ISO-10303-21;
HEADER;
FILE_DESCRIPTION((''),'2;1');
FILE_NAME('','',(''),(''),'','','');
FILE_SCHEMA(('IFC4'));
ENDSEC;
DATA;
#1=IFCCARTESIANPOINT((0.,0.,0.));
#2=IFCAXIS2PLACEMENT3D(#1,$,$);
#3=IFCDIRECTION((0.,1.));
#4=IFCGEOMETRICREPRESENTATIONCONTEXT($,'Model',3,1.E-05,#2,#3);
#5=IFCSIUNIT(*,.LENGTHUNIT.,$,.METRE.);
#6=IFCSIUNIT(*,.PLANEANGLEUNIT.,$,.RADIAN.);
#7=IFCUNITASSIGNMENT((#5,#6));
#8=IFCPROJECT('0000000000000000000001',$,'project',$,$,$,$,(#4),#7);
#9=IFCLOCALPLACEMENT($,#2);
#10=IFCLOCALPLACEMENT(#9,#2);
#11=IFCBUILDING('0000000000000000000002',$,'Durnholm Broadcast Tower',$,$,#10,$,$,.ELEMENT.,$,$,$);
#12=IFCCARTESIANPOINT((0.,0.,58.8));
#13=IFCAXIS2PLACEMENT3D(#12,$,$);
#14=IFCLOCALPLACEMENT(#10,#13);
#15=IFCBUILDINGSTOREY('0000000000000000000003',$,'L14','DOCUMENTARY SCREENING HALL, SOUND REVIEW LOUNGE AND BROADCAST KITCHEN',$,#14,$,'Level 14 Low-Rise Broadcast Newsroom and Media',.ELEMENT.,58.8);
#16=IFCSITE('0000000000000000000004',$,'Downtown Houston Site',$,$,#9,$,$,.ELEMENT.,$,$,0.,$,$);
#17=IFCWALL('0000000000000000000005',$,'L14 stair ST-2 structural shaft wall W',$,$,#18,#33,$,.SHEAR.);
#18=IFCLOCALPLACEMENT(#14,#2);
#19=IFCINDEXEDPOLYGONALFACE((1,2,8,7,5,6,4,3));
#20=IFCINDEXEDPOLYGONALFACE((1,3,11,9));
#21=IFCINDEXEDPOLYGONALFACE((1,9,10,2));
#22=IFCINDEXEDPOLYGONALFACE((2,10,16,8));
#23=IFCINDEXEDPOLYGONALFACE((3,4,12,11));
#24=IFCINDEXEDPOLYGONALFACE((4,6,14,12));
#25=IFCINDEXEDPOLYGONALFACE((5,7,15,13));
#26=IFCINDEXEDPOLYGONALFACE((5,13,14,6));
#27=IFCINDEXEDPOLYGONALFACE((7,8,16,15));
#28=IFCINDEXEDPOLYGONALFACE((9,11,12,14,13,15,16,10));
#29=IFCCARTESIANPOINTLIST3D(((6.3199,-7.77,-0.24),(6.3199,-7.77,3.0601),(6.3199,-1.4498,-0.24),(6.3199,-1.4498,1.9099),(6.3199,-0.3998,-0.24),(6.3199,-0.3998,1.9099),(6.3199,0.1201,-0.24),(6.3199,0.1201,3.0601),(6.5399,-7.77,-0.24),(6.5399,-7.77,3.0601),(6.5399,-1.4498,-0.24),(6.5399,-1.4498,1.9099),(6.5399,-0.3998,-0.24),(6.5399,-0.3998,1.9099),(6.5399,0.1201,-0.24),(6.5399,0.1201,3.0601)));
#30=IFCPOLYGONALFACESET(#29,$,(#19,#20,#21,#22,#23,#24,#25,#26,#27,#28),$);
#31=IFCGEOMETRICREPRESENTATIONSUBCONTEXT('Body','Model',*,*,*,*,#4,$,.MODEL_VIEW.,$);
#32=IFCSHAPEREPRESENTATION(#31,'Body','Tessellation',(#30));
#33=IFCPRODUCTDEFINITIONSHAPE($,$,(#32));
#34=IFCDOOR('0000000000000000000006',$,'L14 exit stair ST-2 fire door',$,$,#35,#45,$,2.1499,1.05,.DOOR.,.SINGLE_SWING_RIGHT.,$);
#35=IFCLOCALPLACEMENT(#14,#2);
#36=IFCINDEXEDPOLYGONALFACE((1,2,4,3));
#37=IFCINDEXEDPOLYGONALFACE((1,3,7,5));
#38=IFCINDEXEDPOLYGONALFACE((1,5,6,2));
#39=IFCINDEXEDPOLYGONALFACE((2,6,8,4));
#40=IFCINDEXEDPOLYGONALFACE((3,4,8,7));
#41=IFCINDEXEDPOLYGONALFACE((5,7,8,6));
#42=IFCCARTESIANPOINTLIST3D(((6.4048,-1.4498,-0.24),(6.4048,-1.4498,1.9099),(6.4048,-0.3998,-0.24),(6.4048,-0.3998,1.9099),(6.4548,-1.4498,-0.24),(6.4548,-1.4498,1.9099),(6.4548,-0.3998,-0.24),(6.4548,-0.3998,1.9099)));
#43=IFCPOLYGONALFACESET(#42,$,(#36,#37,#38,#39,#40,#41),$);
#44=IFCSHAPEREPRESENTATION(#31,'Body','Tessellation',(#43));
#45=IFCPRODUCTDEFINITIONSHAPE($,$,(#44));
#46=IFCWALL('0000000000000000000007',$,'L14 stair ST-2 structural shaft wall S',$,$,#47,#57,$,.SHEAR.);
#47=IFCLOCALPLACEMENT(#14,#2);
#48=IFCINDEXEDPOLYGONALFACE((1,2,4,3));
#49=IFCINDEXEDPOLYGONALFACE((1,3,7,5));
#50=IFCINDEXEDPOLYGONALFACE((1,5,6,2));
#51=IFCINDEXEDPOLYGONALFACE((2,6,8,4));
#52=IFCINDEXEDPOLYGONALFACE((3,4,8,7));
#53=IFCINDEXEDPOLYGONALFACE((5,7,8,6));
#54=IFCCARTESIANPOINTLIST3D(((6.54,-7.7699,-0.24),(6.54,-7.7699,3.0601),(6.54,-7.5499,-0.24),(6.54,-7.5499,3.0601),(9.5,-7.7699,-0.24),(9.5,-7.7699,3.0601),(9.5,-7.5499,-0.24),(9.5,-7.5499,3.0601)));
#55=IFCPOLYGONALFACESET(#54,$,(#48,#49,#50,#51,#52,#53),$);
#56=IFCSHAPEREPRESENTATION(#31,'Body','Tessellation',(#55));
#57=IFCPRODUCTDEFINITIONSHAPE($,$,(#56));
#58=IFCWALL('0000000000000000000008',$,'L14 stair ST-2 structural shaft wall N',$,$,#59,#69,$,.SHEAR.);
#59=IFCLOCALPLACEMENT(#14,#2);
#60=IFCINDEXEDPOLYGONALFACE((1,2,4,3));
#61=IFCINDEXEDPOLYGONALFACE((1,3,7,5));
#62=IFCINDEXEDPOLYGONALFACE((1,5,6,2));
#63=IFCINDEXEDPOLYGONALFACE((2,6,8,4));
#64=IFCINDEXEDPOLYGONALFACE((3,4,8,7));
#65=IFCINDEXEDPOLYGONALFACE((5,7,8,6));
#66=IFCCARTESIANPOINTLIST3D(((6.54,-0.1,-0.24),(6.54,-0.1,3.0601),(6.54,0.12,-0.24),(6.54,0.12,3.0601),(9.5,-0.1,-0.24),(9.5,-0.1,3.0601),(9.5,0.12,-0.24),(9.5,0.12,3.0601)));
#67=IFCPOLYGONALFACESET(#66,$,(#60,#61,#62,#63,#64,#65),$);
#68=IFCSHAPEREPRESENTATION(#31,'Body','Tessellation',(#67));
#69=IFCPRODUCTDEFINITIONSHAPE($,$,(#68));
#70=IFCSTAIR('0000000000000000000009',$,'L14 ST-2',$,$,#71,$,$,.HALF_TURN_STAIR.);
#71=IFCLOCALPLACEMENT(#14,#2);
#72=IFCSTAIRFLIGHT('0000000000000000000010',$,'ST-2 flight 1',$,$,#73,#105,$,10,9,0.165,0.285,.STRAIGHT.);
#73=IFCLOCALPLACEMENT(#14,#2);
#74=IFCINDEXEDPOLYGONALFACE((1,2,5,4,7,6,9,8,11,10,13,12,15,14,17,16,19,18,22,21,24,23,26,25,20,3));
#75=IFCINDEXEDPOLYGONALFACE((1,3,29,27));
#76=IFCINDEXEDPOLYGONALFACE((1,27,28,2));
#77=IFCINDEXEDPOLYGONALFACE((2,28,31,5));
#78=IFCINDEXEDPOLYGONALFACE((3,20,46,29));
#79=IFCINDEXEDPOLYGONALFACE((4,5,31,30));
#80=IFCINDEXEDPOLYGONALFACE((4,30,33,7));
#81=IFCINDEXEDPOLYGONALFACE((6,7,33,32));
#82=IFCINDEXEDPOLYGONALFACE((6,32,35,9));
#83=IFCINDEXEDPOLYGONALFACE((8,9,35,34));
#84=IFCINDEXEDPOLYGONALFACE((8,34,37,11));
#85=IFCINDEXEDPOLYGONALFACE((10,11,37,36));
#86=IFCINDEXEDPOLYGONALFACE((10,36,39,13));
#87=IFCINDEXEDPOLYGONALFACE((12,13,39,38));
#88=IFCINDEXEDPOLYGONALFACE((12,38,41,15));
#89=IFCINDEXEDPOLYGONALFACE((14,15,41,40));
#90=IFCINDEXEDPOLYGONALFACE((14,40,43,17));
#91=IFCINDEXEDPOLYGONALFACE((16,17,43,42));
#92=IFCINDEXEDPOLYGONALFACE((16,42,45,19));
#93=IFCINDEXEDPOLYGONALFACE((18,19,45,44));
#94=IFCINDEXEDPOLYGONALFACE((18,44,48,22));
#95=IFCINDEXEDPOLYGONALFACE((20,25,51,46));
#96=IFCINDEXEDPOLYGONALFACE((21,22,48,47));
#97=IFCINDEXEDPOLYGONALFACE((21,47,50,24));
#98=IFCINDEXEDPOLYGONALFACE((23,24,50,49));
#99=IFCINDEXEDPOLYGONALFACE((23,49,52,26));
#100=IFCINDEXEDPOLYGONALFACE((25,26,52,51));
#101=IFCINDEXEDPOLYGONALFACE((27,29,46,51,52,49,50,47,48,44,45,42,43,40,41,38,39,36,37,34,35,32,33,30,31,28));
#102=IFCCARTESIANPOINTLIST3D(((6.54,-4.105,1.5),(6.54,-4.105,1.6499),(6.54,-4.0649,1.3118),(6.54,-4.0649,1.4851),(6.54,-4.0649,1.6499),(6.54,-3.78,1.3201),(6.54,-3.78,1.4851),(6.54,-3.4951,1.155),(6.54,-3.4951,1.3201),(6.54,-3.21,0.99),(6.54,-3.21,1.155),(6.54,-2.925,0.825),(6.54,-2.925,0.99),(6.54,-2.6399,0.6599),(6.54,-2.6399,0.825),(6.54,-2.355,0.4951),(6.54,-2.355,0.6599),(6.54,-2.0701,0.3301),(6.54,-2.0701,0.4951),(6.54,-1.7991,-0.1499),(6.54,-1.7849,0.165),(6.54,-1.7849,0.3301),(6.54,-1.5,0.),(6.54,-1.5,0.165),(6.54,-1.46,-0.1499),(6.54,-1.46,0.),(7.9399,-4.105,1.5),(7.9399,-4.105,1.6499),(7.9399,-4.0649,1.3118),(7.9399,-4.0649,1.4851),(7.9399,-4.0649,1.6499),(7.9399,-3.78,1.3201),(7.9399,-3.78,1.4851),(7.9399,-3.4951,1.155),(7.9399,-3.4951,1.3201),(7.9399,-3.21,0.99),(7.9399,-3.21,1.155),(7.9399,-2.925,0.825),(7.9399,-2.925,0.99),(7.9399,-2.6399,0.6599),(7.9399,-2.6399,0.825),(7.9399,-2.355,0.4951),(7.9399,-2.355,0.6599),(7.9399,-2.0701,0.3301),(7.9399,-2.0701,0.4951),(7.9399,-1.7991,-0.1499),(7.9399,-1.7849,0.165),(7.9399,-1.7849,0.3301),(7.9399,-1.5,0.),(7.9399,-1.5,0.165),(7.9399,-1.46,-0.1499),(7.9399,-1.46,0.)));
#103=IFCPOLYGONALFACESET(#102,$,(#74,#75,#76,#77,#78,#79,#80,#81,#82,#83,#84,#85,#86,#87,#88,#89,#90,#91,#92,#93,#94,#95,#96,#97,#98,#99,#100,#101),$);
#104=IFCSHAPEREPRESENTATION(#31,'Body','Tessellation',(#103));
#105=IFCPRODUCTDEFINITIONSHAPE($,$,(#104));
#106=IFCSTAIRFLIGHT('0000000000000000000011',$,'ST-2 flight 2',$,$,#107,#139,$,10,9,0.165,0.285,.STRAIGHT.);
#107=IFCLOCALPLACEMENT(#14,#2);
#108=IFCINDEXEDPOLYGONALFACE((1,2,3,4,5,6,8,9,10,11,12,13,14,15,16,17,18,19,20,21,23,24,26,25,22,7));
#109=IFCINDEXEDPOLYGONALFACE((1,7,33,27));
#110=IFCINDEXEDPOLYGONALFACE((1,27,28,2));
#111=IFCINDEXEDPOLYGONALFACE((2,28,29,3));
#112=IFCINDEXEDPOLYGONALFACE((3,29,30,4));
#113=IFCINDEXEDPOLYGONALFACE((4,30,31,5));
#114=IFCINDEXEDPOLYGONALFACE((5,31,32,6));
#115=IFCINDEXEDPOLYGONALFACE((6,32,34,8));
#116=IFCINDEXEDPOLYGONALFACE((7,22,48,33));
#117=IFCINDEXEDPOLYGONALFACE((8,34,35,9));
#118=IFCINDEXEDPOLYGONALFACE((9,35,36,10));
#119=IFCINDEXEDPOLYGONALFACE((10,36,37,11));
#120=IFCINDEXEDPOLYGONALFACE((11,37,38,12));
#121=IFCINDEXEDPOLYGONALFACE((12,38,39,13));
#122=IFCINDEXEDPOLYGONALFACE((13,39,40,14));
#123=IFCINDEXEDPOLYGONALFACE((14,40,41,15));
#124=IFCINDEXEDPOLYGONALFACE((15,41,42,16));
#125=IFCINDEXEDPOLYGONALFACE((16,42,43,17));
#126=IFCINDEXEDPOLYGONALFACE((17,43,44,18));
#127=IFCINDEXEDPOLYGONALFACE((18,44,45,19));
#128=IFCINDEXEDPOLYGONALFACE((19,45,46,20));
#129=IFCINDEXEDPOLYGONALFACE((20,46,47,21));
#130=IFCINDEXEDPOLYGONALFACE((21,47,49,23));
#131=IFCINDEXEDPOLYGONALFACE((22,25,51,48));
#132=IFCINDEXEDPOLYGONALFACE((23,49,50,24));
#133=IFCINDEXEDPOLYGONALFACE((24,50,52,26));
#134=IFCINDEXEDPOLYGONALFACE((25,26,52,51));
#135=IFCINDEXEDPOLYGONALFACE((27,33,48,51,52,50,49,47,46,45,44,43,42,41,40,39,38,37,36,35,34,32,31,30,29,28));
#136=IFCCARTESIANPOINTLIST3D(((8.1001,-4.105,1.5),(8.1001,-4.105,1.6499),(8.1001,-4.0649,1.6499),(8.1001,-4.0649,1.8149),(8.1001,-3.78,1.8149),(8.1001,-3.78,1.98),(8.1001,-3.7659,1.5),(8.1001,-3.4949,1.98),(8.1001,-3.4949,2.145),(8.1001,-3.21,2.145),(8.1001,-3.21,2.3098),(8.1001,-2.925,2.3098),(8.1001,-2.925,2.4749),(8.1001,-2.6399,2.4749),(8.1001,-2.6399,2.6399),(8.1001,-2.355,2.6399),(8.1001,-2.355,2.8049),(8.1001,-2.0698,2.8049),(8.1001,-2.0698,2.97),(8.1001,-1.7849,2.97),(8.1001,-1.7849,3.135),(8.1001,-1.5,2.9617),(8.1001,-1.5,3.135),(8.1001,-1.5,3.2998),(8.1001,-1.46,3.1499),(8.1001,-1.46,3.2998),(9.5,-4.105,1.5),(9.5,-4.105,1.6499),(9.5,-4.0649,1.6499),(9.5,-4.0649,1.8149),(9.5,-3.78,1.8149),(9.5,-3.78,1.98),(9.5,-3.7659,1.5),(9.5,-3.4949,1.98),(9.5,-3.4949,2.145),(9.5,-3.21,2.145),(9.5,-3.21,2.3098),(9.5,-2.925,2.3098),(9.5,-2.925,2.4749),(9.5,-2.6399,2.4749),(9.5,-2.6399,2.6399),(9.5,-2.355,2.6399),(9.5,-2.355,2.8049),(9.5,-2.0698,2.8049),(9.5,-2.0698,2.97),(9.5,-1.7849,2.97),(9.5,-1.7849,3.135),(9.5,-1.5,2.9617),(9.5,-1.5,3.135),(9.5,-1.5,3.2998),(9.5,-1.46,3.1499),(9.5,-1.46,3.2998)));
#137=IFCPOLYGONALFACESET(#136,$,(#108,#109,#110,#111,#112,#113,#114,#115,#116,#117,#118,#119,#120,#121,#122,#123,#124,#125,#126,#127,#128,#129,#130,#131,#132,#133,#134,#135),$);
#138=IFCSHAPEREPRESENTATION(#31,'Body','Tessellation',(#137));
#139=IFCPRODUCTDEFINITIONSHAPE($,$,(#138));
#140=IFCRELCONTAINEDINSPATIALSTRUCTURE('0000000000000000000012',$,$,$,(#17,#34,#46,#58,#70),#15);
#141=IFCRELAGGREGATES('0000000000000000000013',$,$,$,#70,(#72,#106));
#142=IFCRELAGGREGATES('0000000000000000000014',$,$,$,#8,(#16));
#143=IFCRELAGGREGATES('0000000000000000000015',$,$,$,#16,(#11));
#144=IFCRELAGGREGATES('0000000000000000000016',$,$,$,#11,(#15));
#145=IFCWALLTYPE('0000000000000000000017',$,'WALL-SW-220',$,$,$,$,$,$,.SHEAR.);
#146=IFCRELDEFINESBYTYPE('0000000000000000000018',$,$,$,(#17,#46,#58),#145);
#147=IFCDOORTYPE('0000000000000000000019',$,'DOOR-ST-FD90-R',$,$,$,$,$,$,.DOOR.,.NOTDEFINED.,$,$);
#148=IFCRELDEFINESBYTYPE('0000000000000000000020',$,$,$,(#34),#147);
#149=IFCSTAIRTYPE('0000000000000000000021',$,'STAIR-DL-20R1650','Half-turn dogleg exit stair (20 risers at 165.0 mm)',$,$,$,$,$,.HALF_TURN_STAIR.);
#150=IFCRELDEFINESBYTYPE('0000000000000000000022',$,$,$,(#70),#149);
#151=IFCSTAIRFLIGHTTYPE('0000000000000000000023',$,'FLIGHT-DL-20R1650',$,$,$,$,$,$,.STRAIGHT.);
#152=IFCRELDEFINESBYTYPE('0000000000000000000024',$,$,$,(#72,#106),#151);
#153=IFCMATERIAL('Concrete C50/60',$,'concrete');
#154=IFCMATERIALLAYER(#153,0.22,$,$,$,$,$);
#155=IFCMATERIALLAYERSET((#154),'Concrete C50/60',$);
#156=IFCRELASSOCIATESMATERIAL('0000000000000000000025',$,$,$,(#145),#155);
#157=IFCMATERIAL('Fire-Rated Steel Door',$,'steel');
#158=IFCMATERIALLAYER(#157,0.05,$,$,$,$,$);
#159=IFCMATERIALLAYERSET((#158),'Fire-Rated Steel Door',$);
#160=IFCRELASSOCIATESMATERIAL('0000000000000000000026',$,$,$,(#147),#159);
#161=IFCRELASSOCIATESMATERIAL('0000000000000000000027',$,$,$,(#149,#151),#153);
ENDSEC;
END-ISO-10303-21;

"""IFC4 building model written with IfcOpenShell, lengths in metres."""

from ifc_helpers import new_model, si_unit, direction, frame, frame_2d, origin, place, context, subcontext, project, spatial, polyline, rectangle, outline, extrude, source, transform, mapped, material, layer, layer_set, type_object, type_shapes, element, fill, aggregate, save


model = new_model("IFC4")

# Units and contexts
model_context = context("Model", 3, precision=1e-05, world=origin(), true_north=direction((0.0, 1.0)))
body_context = subcontext(model_context, "Body", "Model", "MODEL_VIEW")
ifc_project = project(units=[si_unit("LENGTHUNIT", "METRE"), si_unit("PLANEANGLEUNIT", "RADIAN")], contexts=[model_context])

# Site, building, storey
site_placement = place(None, origin())
site = spatial("IfcSite", under=ifc_project, at=site_placement, Name="Downtown Houston Site", CompositionType="ELEMENT", RefElevation=0.0)
building_placement = place(site_placement, origin())
building = spatial("IfcBuilding", under=site, at=building_placement, Name="Durnholm Broadcast Tower", CompositionType="ELEMENT")
storey_placement = place(building_placement, frame((0.0, 0.0, 58.8)))
storey = spatial("IfcBuildingStorey", under=building, at=storey_placement, Name="L14", Description="DOCUMENTARY SCREENING HALL, SOUND REVIEW LOUNGE AND BROADCAST KITCHEN", LongName="Level 14 Low-Rise Broadcast Newsroom and Media", CompositionType="ELEMENT", Elevation=58.8)

# Shared definitions
ifc_material_1 = material(Name="Concrete C50/60", Category="concrete")
ifc_layer_1 = layer(ifc_material_1, 0.22)
ifc_layer_set_1 = layer_set([ifc_layer_1], Name="Concrete C50/60")
wall_type_1 = type_object("IfcWallType", Name="WALL-SW-220", PredefinedType="SHEAR", material=ifc_layer_set_1)

# Wall, opening, door
wall_1_placement = place(storey_placement, frame((6.4299, 0.1201, -0.24), z_axis=(0.0, 0.0, 1.0), x_axis=(0.0, -1.0, 0.0)))
wall_1 = element("IfcWall", 1, at=wall_1_placement, inside=storey, type_object=wall_type_1, Name="L14 stair ST-2 structural shaft wall W", PredefinedType="SHEAR", context=body_context, shape_type="SweptSolid", body=[
    extrude(rectangle(XDim=7.8901, YDim=0.22, at=frame_2d((3.9451, 0.0))), origin(), (0.0, 0.0, 1.0), 3.3),
])
opening_1_placement = place(wall_1_placement, frame((0.52, 0.0, 0.0)))
opening_1 = element("IfcOpeningElement", 2, at=opening_1_placement, cuts=wall_1, PredefinedType="OPENING", context=body_context, shape_type="SweptSolid", body=[
    extrude(rectangle(XDim=1.05, YDim=2.1499, at=frame_2d((0.5249, 1.075))), frame((0.0, 0.1201, 0.0), z_axis=(0.0, -1.0, 0.0), x_axis=(1.0, 0.0, 0.0)), (0.0, 0.0, 1.0), 0.24),
])
ifc_material_2 = material(Name="Fire-Rated Steel Door", Category="steel")
ifc_layer_2 = layer(ifc_material_2, 0.05)
ifc_layer_set_2 = layer_set([ifc_layer_2], Name="Fire-Rated Steel Door")
door_type_1 = type_object("IfcDoorType", Name="DOOR-ST-FD90-R", OperationType="NOTDEFINED", PredefinedType="DOOR", material=ifc_layer_set_2)
shared_shape_1 = source(origin(), body_context, "Body", "SweptSolid", [
    extrude(rectangle(XDim=1.05, YDim=2.1499, at=frame_2d((0.5249, 1.075))), frame((0.0, 0.0249, 0.0), z_axis=(0.0, -1.0, 0.0), x_axis=(1.0, 0.0, 0.0)), (0.0, 0.0, 1.0), 0.05),
])
type_shapes(door_type_1, [shared_shape_1])
door_1_placement = place(opening_1_placement, origin())
door_1 = element("IfcDoor", 3, at=door_1_placement, inside=storey, type_object=door_type_1, Name="L14 exit stair ST-2 fire door", OperationType="SINGLE_SWING_RIGHT", OverallHeight=2.1499, OverallWidth=1.05, PredefinedType="DOOR", context=body_context, shape_type="MappedRepresentation", body=[
    mapped(shared_shape_1, transform((0.0, 0.0, 0.0), x_axis=(1.0, 0.0, 0.0), y_axis=(0.0, 1.0, 0.0), z_axis=(0.0, 0.0, 1.0), scale=1.0)),
])
fill(opening_1, door_1)

# Walls
for number, where, z_axis, x_axis, name in (
    (4, (6.54, -7.6599, -0.24), (0.0, 0.0, 1.0), (1.0, 0.0, 0.0), "L14 stair ST-2 structural shaft wall S"),
    (5, (9.5, 0.01, -0.24), (0.0, 0.0, 1.0), (-1.0, 0.0, 0.0), "L14 stair ST-2 structural shaft wall N"),
):
    element("IfcWall", number, at=place(storey_placement, frame(where, z_axis=z_axis, x_axis=x_axis)), inside=storey, type_object=wall_type_1, Name=name, PredefinedType="SHEAR", context=body_context, shape_type="SweptSolid", body=[
        extrude(rectangle(XDim=2.96, YDim=0.22, at=frame_2d((1.48, 0.0))), origin(), (0.0, 0.0, 1.0), 3.3),
    ])

# Stair, stair flights
stair_type = type_object("IfcStairType", Name="STAIR-DL-20R1650", Description="Half-turn dogleg exit stair (20 risers at 165.0 mm)", PredefinedType="HALF_TURN_STAIR", material=ifc_material_1)
stair_placement = place(storey_placement, origin())
stair = element("IfcStair", 6, at=stair_placement, inside=storey, type_object=stair_type, Name="L14 ST-2", PredefinedType="HALF_TURN_STAIR")
stair_flight_type = type_object("IfcStairFlightType", Name="FLIGHT-DL-20R1650", PredefinedType="STRAIGHT", material=ifc_material_1)
stair_flight_1_placement = place(storey_placement, frame((7.24, -1.5, 0.0), z_axis=(0.0, 0.0, 1.0), x_axis=(0.0, -1.0, 0.0)))
stair_flight_1 = element("IfcStairFlight", 7, at=stair_flight_1_placement, type_object=stair_flight_type, Name="ST-2 flight 1", NumberOfRisers=10, NumberOfTreads=9, PredefinedType="STRAIGHT", RiserHeight=0.165, TreadLength=0.285, context=body_context, shape_type="SweptSolid", body=[
    extrude(outline(polyline([(-0.04, -0.1499), (-0.04, 0.0), (0.0, 0.0), (0.0, 0.165), (0.2849, 0.165), (0.2849, 0.3301), (0.5701, 0.3301), (0.5701, 0.4951), (0.855, 0.4951), (0.855, 0.6599), (1.1399, 0.6599), (1.1399, 0.825), (1.425, 0.825), (1.425, 0.99), (1.71, 0.99), (1.71, 1.155), (1.9951, 1.155), (1.9951, 1.3201), (2.28, 1.3201), (2.28, 1.4851), (2.5649, 1.4851), (2.5649, 1.6499), (2.605, 1.6499), (2.605, 1.5), (2.5649, 1.3118), (0.2991, -0.1499), (-0.04, -0.1499)])), frame((0.0, 0.7, 0.0), z_axis=(0.0, -1.0, 0.0), x_axis=(1.0, 0.0, 0.0)), (0.0, 0.0, 1.0), 1.3999),
])
stair_flight_2_placement = place(storey_placement, frame((8.8, -4.0649, 1.6499), z_axis=(0.0, 0.0, 1.0), x_axis=(0.0, 1.0, 0.0)))
stair_flight_2 = element("IfcStairFlight", 8, at=stair_flight_2_placement, type_object=stair_flight_type, Name="ST-2 flight 2", NumberOfRisers=10, NumberOfTreads=9, PredefinedType="STRAIGHT", RiserHeight=0.165, TreadLength=0.285, context=body_context, shape_type="SweptSolid", body=[
    extrude(outline(polyline([(-0.04, -0.1499), (-0.04, 0.0), (0.0, 0.0), (0.0, 0.165), (0.2849, 0.165), (0.2849, 0.3301), (0.5701, 0.3301), (0.5701, 0.4951), (0.855, 0.4951), (0.855, 0.6599), (1.1399, 0.6599), (1.1399, 0.825), (1.425, 0.825), (1.425, 0.99), (1.71, 0.99), (1.71, 1.155), (1.9951, 1.155), (1.9951, 1.3201), (2.28, 1.3201), (2.28, 1.4851), (2.5649, 1.4851), (2.5649, 1.6499), (2.605, 1.6499), (2.605, 1.5), (2.5649, 1.3118), (0.2991, -0.1499), (-0.04, -0.1499)])), frame((0.0, 0.7, 0.0), z_axis=(0.0, -1.0, 0.0), x_axis=(1.0, 0.0, 0.0)), (0.0, 0.0, 1.0), 1.3999),
])
aggregate(stair, [stair_flight_1, stair_flight_2])

save(model, "model.ifc")
